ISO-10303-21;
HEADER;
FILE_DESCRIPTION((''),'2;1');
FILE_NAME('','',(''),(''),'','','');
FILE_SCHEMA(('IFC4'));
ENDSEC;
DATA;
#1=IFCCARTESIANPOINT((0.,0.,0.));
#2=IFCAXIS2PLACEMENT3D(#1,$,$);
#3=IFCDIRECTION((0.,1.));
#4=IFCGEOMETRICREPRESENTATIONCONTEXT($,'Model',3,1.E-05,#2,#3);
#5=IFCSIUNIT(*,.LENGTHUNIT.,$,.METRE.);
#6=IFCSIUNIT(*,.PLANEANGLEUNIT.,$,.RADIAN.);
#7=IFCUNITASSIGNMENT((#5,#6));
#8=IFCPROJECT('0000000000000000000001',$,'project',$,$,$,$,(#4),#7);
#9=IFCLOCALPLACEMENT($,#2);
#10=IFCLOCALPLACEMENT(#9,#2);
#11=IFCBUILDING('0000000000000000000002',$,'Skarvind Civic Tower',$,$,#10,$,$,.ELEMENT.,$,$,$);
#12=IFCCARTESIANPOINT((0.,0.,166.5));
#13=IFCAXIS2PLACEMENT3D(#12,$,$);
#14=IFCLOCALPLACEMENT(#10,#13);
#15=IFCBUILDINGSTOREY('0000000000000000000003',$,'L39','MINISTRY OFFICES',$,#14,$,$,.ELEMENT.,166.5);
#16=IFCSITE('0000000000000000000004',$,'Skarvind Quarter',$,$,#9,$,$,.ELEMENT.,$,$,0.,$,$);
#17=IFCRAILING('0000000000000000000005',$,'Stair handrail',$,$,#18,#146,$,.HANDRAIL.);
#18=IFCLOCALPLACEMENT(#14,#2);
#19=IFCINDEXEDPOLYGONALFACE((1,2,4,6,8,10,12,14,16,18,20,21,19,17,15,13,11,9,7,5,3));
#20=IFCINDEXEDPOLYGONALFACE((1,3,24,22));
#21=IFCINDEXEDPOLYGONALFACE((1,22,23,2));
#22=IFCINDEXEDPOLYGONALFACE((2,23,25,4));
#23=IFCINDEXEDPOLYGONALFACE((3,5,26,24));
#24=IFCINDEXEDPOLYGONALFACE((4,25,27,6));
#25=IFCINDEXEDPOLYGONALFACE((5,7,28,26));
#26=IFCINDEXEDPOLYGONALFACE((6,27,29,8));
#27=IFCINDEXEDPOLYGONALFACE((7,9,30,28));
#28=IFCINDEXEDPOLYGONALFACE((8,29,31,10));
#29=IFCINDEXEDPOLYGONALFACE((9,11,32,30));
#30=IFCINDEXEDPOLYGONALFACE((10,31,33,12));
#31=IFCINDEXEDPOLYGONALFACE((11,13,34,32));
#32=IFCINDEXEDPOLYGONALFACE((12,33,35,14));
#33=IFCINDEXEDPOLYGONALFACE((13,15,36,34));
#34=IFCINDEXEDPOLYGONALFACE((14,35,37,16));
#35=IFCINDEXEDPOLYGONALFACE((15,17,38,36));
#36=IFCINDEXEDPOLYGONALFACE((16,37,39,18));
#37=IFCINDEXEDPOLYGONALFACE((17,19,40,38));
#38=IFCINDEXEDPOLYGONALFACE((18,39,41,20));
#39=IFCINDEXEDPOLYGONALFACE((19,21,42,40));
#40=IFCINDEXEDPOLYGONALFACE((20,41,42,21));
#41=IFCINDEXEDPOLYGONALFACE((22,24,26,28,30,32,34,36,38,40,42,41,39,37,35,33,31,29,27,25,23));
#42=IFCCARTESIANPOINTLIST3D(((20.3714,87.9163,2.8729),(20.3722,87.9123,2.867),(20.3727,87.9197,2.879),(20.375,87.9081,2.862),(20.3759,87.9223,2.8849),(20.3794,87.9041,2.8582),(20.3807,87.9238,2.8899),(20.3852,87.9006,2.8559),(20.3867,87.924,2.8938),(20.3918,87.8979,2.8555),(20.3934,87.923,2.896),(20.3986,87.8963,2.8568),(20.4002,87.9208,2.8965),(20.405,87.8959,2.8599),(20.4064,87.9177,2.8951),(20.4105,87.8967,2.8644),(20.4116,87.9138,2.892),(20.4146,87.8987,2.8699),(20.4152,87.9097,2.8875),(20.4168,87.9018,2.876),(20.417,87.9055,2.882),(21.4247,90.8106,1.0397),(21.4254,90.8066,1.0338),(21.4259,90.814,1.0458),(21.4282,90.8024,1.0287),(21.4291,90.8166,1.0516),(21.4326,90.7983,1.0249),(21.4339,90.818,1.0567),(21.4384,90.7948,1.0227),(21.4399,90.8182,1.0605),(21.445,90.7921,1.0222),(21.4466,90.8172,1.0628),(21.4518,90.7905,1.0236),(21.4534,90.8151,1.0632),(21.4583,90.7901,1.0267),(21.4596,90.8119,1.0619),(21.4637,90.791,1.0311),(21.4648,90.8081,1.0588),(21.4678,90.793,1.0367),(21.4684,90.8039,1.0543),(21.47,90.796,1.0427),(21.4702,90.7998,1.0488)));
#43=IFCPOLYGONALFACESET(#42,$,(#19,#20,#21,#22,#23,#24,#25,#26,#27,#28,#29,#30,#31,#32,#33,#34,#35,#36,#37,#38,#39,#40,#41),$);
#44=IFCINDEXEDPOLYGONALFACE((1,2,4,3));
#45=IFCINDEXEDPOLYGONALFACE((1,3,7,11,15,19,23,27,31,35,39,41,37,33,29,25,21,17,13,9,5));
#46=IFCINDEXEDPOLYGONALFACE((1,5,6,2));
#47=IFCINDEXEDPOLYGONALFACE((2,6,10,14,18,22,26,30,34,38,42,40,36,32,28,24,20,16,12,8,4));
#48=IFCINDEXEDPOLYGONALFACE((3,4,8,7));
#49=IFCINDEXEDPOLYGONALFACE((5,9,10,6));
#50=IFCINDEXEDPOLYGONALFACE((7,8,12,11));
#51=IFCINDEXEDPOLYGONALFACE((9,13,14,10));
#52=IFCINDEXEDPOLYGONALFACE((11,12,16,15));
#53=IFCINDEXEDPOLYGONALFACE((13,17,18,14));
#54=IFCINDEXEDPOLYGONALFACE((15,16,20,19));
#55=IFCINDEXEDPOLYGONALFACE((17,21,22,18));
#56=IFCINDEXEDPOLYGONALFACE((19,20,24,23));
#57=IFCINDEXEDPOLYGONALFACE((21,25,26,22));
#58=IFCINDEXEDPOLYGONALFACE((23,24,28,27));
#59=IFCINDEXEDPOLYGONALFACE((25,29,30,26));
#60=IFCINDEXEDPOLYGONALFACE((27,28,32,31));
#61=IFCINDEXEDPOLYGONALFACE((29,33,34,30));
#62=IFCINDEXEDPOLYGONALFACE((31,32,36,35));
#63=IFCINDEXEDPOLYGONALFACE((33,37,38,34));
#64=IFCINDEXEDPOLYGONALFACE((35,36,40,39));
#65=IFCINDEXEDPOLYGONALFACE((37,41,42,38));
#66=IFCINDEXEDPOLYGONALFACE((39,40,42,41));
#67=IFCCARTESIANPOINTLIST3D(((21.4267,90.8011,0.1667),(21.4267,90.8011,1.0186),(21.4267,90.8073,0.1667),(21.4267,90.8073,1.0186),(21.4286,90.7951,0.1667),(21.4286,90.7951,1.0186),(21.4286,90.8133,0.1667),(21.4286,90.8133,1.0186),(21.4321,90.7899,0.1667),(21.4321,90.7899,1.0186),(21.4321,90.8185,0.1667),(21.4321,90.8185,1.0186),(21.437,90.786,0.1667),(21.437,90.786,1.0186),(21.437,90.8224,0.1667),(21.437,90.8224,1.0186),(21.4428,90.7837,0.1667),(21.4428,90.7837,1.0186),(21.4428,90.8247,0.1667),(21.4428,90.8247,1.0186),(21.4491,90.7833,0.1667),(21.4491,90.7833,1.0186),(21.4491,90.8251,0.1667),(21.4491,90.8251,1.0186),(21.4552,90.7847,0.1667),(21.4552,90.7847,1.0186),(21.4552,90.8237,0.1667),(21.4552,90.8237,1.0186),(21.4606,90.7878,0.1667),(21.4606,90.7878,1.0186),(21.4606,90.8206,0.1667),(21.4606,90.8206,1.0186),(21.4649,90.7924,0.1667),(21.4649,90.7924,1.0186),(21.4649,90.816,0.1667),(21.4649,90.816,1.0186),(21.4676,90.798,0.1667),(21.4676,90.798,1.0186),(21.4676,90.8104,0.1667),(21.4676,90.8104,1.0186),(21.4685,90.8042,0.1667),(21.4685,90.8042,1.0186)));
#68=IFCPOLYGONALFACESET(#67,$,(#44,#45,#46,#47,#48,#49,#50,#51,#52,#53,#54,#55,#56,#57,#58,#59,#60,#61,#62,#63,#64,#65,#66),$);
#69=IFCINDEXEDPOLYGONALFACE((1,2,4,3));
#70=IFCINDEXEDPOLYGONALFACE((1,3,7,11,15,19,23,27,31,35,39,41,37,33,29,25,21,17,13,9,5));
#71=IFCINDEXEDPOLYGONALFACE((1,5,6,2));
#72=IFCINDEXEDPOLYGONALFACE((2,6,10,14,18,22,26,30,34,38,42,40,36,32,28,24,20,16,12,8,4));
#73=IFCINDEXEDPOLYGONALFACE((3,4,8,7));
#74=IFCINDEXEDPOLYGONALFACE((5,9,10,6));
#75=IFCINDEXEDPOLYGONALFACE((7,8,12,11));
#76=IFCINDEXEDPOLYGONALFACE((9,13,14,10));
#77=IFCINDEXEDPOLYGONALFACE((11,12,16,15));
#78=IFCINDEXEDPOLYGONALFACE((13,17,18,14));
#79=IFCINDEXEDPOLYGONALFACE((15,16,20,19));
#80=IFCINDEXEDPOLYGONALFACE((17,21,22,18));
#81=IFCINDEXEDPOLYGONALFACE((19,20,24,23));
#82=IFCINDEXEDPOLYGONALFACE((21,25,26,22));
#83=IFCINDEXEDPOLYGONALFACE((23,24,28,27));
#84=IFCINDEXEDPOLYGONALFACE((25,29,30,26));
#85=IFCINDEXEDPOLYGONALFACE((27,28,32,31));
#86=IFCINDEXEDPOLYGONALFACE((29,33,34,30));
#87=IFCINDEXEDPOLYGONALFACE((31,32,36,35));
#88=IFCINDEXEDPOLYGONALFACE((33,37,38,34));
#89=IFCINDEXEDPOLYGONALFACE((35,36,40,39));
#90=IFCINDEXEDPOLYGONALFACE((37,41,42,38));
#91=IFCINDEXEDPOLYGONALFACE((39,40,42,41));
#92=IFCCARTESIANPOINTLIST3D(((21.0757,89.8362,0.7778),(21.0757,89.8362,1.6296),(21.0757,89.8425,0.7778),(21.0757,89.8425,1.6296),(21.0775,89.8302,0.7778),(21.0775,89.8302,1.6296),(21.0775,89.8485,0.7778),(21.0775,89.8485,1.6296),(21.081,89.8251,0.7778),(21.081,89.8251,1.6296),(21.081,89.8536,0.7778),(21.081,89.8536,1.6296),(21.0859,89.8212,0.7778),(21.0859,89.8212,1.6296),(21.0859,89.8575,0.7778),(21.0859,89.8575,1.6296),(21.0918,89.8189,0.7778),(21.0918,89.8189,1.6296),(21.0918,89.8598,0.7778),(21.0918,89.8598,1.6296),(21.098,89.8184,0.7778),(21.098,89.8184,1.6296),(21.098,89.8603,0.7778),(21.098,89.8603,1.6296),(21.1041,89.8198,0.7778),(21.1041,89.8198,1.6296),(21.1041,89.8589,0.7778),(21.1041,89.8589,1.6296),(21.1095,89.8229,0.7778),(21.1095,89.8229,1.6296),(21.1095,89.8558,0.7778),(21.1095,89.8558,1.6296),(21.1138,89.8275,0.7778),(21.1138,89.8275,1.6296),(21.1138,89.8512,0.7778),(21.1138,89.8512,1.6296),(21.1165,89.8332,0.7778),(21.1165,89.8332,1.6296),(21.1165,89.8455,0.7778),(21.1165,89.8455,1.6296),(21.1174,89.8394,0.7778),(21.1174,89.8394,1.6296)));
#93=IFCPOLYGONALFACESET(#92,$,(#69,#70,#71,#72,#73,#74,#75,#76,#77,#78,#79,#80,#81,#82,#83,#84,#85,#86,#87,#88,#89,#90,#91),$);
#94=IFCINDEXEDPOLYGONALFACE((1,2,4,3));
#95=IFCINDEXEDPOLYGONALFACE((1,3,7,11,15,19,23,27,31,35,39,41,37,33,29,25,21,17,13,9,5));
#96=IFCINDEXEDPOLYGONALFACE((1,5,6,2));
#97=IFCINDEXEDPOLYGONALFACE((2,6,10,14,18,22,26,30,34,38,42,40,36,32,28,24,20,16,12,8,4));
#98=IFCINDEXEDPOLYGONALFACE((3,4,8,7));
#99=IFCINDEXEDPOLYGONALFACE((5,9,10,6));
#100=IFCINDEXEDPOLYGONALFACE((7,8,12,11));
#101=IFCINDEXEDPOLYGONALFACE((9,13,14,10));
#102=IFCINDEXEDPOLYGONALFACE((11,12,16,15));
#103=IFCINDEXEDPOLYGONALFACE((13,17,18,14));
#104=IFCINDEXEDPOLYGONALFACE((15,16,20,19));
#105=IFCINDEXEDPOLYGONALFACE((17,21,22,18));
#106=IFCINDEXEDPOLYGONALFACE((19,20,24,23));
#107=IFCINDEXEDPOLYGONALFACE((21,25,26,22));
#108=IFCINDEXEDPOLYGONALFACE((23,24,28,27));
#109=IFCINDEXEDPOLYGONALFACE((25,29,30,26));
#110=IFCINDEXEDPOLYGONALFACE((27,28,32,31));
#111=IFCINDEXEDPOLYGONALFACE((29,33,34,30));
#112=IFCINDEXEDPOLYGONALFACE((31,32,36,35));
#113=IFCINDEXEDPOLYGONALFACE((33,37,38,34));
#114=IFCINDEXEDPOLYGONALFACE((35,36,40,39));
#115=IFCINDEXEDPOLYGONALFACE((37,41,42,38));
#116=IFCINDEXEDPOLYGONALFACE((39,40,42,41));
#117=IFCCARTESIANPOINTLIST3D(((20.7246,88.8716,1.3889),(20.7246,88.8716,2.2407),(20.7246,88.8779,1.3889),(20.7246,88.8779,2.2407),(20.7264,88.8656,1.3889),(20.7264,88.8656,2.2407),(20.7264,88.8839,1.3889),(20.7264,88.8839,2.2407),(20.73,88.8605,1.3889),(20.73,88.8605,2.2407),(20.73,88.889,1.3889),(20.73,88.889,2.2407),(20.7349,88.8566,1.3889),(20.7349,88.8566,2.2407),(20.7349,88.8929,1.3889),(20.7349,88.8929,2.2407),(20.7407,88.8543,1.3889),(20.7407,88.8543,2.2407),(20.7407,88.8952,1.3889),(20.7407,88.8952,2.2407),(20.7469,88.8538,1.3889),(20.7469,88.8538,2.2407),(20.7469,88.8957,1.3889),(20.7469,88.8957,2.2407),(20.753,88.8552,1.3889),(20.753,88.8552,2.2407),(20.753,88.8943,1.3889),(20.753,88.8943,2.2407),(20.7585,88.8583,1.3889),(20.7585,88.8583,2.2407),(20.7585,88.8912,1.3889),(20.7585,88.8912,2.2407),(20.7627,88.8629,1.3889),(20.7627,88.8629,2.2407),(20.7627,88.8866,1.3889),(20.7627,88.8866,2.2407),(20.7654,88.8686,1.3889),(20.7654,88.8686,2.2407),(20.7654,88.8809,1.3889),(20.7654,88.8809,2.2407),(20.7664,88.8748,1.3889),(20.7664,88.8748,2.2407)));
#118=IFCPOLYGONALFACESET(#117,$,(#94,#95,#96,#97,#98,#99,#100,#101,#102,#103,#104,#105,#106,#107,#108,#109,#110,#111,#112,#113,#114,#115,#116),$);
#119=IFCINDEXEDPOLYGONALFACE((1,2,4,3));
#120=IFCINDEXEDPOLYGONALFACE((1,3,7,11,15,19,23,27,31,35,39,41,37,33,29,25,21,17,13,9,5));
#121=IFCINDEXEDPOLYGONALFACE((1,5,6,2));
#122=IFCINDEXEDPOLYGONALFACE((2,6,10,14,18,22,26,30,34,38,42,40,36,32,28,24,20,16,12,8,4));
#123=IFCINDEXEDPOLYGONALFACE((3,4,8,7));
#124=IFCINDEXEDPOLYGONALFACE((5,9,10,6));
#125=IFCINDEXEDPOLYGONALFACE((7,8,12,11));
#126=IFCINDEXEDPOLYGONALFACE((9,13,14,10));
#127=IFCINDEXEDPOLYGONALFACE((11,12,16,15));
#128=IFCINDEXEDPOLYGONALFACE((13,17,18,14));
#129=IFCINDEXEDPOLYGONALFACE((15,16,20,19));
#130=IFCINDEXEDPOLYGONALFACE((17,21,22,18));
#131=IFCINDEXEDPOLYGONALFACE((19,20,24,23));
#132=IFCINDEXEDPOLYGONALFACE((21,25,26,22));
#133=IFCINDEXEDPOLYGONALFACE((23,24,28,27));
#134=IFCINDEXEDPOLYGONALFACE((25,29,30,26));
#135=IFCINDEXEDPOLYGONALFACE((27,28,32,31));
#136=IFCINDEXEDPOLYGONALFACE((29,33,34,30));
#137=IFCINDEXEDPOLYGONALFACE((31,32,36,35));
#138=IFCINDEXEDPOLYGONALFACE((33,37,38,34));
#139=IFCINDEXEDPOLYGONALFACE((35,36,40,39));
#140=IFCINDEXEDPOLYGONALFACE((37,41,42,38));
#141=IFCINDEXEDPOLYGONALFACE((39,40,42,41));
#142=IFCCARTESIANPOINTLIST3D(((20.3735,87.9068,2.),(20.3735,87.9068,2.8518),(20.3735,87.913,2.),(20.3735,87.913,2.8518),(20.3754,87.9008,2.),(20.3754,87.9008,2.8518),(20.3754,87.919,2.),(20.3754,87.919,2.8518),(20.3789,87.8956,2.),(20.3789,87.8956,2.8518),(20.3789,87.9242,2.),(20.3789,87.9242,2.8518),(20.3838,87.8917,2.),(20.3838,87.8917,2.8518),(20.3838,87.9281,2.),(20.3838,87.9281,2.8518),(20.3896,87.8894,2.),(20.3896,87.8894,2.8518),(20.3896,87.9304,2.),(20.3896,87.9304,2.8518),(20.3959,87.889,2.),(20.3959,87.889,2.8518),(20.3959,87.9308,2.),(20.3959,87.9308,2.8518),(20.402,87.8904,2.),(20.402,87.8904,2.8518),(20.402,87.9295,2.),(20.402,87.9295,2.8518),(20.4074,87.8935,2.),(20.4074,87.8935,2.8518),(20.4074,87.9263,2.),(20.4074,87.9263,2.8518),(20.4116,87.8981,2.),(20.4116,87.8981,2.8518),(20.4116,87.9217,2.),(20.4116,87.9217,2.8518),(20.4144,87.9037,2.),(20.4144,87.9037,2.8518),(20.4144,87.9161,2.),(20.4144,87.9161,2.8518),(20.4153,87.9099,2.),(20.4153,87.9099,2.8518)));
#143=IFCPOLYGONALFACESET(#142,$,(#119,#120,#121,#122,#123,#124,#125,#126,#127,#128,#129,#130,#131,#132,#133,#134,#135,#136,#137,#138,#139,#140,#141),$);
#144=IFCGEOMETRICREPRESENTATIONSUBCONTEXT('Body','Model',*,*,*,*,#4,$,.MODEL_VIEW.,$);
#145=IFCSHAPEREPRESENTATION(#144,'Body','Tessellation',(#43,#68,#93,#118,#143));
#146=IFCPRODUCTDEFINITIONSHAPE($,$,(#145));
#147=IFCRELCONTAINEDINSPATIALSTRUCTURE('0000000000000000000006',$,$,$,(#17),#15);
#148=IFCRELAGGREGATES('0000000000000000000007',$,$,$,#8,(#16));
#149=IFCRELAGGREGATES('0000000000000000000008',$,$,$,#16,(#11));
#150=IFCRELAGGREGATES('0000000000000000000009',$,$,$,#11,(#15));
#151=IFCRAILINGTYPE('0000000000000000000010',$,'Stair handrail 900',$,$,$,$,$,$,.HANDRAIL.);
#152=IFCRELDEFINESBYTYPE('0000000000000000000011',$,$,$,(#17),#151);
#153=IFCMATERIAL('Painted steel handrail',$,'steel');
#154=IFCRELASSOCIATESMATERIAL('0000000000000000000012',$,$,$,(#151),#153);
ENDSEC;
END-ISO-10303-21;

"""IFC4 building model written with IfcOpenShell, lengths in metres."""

from ifc_helpers import new_model, si_unit, direction, frame, origin, origin_2d, place, context, subcontext, project, spatial, circle, extrude, material, type_object, element, save


model = new_model("IFC4")

# Units and contexts
model_context = context("Model", 3, precision=1e-05, world=origin(), true_north=direction((0.0, 1.0)))
body_context = subcontext(model_context, "Body", "Model", "MODEL_VIEW")
ifc_project = project(units=[si_unit("LENGTHUNIT", "METRE"), si_unit("PLANEANGLEUNIT", "RADIAN")], contexts=[model_context])

# Site, building, storey
site_placement = place(None, origin())
site = spatial("IfcSite", under=ifc_project, at=site_placement, Name="Skarvind Quarter", CompositionType="ELEMENT", RefElevation=0.0)
building_placement = place(site_placement, origin())
building = spatial("IfcBuilding", under=site, at=building_placement, Name="Skarvind Civic Tower", CompositionType="ELEMENT")
storey_placement = place(building_placement, frame((0.0, 0.0, 166.5)))
storey = spatial("IfcBuildingStorey", under=building, at=storey_placement, Name="L39", Description="MINISTRY OFFICES", CompositionType="ELEMENT", Elevation=166.5)

# Railing
ifc_material_1 = material(Name="Painted steel handrail", Category="steel")
railing_type = type_object("IfcRailingType", Name="Stair handrail 900", PredefinedType="HANDRAIL", material=ifc_material_1)
railing_1_placement = place(storey_placement, frame((21.4475, 90.8042, 0.1667)))
element("IfcRailing", 1, at=railing_1_placement, inside=storey, type_object=railing_type, Name="Stair handrail", PredefinedType="HANDRAIL", context=body_context, shape_type="SweptSolid", body=[
    extrude(circle(Radius=0.0239, at=origin_2d()), frame((0.0, 0.0, 0.876), z_axis=(-0.293846, -0.807497, 0.511472), x_axis=(0.939715, -0.341959, 0.0)), (0.0, 0.0, 1.0), 3.5842),
    extrude(circle(Radius=0.021, at=origin_2d()), origin(), (0.0, 0.0, 1.0), 0.8518),
    extrude(circle(Radius=0.021, at=origin_2d()), frame((-0.3511, -0.9648, 0.6111)), (0.0, 0.0, 1.0), 0.8518),
    extrude(circle(Radius=0.021, at=origin_2d()), frame((-0.7021, -1.9294, 1.2222)), (0.0, 0.0, 1.0), 0.8518),
    extrude(circle(Radius=0.021, at=origin_2d()), frame((-1.0532, -2.8943, 1.8333)), (0.0, 0.0, 1.0), 0.8518),
])

save(model, "model.ifc")
